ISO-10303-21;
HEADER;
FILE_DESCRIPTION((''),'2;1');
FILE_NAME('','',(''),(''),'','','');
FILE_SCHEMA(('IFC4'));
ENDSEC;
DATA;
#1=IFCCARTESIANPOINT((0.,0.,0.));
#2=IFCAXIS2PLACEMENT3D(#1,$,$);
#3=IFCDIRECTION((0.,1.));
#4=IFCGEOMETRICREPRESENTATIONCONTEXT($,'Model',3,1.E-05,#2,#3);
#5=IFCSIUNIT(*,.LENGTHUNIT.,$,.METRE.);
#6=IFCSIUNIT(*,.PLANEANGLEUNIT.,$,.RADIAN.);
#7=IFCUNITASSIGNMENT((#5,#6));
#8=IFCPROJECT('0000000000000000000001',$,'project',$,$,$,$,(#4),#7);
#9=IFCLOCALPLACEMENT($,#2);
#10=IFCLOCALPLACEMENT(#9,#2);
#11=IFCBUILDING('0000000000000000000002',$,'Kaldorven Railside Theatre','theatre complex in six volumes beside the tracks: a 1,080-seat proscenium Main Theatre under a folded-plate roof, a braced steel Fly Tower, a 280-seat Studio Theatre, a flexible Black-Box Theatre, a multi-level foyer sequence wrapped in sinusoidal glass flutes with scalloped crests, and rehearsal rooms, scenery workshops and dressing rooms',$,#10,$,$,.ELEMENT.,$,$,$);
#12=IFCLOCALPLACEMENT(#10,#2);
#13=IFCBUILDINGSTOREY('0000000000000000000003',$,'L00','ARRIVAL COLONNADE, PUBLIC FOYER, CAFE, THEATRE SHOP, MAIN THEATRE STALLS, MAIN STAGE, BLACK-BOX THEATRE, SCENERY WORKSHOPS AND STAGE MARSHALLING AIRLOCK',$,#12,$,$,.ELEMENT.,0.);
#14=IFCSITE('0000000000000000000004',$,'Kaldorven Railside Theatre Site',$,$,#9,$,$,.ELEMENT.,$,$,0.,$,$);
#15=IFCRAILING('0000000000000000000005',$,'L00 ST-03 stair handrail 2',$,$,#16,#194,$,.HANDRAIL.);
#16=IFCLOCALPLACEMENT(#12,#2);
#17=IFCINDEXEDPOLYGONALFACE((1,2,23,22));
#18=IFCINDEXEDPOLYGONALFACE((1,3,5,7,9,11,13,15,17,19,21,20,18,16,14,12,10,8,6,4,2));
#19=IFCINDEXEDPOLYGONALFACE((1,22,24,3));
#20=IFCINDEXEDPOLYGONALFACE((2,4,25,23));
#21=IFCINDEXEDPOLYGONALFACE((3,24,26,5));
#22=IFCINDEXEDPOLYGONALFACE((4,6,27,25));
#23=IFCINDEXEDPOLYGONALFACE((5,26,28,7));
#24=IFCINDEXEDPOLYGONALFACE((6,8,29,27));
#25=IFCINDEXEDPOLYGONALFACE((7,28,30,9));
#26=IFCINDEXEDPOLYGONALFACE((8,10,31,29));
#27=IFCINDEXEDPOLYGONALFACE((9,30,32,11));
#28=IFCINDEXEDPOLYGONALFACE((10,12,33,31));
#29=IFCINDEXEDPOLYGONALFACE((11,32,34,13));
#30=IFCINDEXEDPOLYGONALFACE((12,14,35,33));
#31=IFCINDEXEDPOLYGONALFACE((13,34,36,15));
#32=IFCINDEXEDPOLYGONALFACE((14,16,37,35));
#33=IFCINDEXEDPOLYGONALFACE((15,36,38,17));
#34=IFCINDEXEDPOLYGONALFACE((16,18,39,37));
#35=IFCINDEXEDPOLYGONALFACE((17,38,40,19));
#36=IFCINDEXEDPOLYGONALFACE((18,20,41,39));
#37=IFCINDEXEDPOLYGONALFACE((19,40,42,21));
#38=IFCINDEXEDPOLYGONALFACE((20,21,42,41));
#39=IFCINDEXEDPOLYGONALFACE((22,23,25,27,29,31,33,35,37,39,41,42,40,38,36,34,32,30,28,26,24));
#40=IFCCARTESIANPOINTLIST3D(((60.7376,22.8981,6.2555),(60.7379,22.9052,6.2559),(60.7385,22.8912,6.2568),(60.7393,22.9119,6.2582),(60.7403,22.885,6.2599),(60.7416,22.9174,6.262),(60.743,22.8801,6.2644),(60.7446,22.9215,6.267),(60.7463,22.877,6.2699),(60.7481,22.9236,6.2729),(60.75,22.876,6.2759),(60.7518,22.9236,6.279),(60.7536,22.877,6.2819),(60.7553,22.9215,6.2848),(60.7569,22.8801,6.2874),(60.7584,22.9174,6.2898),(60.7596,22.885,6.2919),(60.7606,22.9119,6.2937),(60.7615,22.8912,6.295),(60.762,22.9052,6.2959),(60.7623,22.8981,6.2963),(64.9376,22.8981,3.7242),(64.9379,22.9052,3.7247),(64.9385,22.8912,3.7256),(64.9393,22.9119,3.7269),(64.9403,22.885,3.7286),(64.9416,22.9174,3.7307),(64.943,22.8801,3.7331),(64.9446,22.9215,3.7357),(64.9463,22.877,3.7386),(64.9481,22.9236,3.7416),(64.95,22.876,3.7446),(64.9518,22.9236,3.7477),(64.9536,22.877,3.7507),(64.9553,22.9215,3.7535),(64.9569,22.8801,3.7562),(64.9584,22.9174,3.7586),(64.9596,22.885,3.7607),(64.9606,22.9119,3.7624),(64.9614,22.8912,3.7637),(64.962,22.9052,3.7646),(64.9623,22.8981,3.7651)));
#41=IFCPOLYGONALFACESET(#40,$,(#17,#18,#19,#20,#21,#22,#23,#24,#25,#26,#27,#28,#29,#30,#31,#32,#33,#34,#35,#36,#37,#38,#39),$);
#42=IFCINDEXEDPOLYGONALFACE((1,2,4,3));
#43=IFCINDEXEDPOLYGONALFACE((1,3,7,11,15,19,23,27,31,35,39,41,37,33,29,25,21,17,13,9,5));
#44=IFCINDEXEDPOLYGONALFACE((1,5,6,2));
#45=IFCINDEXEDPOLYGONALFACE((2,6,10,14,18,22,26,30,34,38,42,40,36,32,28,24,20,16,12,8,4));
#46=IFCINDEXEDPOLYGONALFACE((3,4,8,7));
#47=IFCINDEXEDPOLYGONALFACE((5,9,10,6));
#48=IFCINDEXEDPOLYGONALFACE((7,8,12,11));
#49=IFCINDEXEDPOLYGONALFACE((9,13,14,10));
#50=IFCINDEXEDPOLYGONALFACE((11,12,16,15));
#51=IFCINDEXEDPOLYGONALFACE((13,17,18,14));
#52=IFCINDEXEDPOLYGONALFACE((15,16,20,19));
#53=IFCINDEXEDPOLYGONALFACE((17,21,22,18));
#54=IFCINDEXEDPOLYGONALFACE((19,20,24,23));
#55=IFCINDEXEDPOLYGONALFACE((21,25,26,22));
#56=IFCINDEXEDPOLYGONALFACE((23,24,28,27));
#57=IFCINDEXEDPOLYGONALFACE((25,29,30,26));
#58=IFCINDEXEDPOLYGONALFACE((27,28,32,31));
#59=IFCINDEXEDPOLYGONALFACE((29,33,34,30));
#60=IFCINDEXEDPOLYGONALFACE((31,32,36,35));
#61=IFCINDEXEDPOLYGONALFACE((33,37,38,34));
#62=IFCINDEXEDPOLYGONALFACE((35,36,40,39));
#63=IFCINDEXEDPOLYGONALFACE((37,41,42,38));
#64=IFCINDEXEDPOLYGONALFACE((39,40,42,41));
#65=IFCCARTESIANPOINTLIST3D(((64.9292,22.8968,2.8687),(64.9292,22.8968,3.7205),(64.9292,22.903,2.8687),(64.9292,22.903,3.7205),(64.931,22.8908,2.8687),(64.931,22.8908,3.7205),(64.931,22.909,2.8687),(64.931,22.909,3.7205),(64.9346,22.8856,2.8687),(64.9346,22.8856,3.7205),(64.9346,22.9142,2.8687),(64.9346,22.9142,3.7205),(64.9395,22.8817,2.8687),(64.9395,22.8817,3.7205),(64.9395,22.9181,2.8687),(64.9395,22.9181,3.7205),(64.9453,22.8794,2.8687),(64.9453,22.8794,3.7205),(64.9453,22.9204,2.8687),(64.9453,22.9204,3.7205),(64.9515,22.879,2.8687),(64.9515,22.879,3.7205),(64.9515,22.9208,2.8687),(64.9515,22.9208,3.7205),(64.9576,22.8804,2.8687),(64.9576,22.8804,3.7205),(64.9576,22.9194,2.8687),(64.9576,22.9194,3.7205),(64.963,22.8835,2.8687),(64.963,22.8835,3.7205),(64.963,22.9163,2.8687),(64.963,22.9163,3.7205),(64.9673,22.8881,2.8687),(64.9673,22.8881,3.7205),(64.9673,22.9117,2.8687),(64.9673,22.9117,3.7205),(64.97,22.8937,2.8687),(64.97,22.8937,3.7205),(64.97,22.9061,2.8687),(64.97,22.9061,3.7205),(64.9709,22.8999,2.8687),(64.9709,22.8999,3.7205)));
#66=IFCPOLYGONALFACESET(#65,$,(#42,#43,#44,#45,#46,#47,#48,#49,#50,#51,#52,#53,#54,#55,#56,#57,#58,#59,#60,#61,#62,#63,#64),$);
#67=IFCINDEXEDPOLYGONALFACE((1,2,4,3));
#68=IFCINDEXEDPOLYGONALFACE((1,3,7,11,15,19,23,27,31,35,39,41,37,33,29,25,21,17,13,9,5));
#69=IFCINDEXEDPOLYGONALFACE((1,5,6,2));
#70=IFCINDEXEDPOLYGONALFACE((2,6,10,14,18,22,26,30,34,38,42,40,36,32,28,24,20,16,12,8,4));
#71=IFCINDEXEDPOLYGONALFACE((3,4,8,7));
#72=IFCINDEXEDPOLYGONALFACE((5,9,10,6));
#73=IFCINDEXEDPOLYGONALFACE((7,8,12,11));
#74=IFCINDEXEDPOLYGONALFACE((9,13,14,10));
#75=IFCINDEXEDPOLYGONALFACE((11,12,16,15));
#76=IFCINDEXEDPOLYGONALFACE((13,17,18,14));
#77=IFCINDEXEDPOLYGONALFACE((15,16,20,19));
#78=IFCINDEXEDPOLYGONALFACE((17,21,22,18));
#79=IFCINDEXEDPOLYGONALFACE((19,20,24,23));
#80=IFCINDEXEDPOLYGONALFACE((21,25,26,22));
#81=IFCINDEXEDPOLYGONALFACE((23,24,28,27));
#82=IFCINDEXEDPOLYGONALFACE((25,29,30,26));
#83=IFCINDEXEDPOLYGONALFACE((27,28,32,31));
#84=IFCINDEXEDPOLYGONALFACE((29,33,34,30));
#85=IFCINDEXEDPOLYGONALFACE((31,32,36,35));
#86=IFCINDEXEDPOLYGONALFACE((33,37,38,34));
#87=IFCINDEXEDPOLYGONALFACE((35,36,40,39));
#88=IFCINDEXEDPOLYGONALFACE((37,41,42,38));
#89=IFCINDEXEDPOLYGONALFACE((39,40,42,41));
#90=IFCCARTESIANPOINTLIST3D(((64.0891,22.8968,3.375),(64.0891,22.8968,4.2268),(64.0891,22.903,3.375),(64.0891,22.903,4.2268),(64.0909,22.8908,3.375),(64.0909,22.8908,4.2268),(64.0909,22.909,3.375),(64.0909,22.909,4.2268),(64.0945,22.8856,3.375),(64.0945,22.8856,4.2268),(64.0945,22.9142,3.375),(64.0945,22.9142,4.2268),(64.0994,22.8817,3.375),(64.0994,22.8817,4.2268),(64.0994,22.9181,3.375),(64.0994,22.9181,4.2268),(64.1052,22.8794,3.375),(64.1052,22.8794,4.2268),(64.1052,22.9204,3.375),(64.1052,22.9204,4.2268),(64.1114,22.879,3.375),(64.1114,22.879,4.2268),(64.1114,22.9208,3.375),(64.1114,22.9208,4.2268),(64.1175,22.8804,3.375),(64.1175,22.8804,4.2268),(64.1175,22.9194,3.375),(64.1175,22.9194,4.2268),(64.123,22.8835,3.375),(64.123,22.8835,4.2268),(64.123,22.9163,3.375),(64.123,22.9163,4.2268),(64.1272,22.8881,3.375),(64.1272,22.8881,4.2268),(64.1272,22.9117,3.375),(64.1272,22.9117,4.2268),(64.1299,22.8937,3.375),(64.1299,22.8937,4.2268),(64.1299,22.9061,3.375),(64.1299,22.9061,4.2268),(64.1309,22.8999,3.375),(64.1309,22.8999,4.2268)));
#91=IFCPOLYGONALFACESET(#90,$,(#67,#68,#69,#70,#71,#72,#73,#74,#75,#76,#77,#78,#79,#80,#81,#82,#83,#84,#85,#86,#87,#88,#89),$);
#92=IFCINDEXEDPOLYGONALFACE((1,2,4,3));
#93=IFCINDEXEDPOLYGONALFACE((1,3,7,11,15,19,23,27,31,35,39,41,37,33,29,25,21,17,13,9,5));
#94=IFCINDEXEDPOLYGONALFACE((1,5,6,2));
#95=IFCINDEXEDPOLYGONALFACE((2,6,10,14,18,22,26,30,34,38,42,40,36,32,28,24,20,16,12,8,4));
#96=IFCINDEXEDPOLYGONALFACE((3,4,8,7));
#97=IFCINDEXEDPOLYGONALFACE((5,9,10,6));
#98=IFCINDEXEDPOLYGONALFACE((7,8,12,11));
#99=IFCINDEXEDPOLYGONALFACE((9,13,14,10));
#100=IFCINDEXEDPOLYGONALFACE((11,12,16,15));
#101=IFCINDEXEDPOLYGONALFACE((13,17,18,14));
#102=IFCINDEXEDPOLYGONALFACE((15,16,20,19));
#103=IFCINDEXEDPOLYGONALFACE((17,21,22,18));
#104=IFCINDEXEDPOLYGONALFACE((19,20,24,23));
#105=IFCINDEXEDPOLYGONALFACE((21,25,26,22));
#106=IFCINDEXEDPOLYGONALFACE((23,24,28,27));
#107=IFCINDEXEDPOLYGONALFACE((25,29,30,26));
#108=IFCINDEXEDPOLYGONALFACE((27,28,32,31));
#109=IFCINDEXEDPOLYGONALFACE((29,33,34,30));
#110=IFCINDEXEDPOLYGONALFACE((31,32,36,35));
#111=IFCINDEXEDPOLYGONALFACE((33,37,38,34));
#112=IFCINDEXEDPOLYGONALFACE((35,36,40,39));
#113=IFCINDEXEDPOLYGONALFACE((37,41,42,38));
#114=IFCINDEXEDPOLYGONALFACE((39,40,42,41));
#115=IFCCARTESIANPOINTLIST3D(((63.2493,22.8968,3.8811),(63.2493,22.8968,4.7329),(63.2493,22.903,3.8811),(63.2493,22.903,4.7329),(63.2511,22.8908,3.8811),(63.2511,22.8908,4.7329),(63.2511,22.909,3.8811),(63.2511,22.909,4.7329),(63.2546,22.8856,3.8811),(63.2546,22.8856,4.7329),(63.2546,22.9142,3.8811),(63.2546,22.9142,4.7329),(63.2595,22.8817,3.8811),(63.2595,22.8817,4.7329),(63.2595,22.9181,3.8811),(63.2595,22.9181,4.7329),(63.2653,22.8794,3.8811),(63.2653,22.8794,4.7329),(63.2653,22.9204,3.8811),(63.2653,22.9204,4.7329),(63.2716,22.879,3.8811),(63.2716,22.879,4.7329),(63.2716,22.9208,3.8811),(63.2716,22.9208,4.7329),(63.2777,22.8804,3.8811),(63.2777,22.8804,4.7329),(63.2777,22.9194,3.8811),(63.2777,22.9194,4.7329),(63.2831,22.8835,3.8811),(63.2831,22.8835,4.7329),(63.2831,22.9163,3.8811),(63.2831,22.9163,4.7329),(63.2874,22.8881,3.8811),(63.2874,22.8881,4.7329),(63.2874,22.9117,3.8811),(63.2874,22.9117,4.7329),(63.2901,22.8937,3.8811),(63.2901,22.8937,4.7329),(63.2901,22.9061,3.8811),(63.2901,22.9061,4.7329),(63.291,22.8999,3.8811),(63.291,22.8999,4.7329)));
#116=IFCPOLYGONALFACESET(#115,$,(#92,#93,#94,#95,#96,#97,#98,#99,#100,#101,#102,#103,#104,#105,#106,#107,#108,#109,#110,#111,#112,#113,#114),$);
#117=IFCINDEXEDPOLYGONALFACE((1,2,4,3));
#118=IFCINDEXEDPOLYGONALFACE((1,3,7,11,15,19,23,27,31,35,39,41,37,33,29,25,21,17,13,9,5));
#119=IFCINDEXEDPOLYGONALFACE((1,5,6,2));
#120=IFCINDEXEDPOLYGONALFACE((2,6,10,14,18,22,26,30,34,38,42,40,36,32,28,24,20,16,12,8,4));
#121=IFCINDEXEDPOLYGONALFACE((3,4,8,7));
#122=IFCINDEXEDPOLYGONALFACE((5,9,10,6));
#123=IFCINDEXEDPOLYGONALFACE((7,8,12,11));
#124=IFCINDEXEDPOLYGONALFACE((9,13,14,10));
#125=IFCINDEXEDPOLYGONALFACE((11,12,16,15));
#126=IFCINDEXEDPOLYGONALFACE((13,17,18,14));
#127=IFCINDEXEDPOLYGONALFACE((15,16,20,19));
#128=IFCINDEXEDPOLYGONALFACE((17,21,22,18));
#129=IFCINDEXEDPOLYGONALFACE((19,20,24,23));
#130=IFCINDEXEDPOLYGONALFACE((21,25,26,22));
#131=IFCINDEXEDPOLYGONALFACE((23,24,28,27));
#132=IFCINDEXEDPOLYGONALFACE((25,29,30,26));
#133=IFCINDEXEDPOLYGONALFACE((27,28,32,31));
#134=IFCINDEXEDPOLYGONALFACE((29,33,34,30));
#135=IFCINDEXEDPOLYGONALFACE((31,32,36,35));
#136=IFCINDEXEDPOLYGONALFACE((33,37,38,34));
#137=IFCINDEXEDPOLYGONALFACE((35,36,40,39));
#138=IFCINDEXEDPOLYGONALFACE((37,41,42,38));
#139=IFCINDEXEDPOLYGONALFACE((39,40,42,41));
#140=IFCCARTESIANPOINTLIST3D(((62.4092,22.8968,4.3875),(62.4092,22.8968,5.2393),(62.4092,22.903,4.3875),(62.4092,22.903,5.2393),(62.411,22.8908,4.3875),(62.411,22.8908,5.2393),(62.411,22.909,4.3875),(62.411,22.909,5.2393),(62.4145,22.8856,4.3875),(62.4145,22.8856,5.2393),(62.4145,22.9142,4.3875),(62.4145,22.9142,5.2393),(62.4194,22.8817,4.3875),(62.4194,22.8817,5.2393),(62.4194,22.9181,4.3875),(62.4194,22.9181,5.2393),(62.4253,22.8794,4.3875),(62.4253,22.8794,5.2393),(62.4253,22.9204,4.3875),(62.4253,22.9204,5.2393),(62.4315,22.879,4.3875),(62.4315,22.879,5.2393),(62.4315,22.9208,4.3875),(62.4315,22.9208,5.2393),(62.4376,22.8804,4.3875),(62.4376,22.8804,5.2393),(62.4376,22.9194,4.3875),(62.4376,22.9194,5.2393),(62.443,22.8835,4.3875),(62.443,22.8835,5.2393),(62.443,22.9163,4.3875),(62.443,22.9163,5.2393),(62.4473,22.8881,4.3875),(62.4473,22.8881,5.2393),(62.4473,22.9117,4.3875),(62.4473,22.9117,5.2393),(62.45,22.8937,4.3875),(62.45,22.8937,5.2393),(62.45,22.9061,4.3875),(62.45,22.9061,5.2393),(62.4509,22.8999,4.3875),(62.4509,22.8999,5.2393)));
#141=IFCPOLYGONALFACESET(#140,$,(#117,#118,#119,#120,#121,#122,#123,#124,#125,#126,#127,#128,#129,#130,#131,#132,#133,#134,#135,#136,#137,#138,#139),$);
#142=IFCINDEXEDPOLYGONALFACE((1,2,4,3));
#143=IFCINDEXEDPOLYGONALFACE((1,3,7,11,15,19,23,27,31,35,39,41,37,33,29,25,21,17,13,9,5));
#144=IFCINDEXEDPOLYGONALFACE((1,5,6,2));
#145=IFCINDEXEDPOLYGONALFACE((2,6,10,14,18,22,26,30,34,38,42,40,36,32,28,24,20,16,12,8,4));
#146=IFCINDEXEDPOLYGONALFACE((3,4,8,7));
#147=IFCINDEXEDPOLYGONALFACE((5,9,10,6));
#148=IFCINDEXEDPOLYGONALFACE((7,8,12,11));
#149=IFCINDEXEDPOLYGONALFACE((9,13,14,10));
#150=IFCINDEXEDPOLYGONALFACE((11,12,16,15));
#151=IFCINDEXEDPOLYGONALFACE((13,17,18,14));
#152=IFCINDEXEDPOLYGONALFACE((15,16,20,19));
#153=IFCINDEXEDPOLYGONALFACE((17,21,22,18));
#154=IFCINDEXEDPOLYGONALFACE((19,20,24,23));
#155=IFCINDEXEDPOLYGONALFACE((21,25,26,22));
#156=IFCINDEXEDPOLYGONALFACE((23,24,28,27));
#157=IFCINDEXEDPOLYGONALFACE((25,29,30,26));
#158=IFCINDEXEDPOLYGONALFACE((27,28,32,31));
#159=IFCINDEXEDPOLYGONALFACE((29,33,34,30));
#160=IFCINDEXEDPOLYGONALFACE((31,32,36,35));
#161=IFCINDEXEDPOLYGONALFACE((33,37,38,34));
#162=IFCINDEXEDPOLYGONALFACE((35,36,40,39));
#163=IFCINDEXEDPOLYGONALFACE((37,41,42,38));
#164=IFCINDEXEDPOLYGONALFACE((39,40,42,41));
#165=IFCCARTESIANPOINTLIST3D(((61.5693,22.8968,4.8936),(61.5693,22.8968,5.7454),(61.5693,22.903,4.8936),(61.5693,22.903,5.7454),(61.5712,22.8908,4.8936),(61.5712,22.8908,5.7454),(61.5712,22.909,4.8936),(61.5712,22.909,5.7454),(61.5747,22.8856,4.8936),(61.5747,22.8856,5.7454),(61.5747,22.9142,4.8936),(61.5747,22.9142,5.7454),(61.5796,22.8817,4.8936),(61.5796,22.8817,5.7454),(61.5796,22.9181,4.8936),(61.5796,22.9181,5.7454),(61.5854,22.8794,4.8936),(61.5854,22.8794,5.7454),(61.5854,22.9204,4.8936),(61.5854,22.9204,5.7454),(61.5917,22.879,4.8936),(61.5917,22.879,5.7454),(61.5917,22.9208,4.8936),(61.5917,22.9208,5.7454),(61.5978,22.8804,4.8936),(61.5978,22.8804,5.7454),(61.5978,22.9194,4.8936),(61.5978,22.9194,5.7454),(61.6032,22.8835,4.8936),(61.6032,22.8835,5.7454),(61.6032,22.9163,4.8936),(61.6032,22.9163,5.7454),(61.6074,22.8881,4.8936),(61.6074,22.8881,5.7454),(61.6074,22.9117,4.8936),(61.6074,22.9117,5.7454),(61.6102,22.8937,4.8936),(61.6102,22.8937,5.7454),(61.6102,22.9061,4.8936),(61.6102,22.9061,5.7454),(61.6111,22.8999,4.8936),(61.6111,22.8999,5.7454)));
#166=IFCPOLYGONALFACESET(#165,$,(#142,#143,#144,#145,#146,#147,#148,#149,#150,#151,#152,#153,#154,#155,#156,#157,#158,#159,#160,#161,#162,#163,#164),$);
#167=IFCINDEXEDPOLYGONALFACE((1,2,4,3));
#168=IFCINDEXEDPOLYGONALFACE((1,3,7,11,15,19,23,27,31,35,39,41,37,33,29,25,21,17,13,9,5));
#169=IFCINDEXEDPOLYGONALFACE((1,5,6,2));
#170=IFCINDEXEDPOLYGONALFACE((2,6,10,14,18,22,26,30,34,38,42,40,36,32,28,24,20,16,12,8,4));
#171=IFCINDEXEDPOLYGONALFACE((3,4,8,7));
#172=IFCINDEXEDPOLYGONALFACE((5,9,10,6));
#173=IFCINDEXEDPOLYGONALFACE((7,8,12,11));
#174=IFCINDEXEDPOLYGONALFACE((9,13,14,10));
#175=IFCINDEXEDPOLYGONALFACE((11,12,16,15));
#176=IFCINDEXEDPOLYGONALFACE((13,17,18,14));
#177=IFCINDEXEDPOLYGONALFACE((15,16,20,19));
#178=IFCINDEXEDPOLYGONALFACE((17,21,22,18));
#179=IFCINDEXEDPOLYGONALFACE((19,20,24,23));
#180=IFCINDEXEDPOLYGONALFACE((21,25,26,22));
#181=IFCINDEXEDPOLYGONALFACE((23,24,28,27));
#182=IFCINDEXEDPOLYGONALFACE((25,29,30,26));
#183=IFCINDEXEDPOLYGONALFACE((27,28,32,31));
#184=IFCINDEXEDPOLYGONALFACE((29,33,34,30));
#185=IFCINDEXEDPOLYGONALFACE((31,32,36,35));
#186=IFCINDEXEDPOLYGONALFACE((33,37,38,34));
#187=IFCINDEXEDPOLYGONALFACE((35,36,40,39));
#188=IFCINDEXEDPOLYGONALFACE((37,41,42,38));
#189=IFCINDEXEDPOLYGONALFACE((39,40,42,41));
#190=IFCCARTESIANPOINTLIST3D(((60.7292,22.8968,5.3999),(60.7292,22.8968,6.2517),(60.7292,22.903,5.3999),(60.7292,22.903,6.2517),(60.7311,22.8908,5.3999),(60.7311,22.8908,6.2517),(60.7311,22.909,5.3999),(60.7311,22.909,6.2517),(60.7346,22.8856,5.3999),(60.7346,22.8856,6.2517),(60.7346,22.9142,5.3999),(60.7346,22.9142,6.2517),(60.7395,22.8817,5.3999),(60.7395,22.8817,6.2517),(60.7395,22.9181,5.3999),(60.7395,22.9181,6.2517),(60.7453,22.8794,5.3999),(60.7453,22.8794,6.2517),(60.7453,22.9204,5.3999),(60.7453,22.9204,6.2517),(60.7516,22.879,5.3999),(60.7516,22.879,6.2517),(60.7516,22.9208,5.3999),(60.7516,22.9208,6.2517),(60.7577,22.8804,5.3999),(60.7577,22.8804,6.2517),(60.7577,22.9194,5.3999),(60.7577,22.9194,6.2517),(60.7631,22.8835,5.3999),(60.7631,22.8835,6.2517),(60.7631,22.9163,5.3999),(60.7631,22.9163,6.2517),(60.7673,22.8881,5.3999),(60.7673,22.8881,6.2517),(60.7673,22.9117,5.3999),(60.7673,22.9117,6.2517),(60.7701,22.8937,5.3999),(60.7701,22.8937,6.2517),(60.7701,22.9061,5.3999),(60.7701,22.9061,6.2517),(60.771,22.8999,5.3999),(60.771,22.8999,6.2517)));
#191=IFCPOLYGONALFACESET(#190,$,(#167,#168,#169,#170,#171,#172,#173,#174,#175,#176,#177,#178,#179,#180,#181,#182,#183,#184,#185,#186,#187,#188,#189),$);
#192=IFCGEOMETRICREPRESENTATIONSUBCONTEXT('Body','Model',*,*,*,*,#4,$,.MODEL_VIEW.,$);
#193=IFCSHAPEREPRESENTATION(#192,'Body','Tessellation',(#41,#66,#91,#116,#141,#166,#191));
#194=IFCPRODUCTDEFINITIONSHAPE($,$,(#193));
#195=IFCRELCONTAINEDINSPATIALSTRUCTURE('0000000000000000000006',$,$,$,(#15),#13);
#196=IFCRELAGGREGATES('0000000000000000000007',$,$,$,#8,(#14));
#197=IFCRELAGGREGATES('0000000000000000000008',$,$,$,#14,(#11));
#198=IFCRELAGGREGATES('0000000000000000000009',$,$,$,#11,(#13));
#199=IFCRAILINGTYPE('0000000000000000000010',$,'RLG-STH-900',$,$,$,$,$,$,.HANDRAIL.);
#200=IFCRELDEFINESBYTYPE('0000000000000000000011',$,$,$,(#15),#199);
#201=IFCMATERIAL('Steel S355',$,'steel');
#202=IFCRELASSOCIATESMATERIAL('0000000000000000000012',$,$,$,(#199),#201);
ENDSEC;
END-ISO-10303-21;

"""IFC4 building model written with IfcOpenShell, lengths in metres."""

from ifc_helpers import new_model, si_unit, direction, frame, origin, origin_2d, place, context, subcontext, project, spatial, circle, extrude, material, type_object, element, save


model = new_model("IFC4")

# Units and contexts
model_context = context("Model", 3, precision=1e-05, world=origin(), true_north=direction((0.0, 1.0)))
body_context = subcontext(model_context, "Body", "Model", "MODEL_VIEW")
ifc_project = project(units=[si_unit("LENGTHUNIT", "METRE"), si_unit("PLANEANGLEUNIT", "RADIAN")], contexts=[model_context])

# Site, building, storey
site_placement = place(None, origin())
site = spatial("IfcSite", under=ifc_project, at=site_placement, Name="Kaldorven Railside Theatre Site", CompositionType="ELEMENT", RefElevation=0.0)
building_placement = place(site_placement, origin())
building = spatial("IfcBuilding", under=site, at=building_placement, Name="Kaldorven Railside Theatre", Description="theatre complex in six volumes beside the tracks: a 1,080-seat proscenium Main Theatre under a folded-plate roof, a braced steel Fly Tower, a 280-seat Studio Theatre, a flexible Black-Box Theatre, a multi-level foyer sequence wrapped in sinusoidal glass flutes with scalloped crests, and rehearsal rooms, scenery workshops and dressing rooms", CompositionType="ELEMENT")
storey_placement = place(building_placement, origin())
storey = spatial("IfcBuildingStorey", under=building, at=storey_placement, Name="L00", Description="ARRIVAL COLONNADE, PUBLIC FOYER, CAFE, THEATRE SHOP, MAIN THEATRE STALLS, MAIN STAGE, BLACK-BOX THEATRE, SCENERY WORKSHOPS AND STAGE MARSHALLING AIRLOCK", CompositionType="ELEMENT", Elevation=0.0)

# Shared definitions
ifc_material_1 = material(Name="Steel S355", Category="steel")

# Railing
railing_type_1 = type_object("IfcRailingType", Name="RLG-STH-900", PredefinedType="HANDRAIL", material=ifc_material_1)
railing_1_placement = place(storey_placement, frame((64.95, 22.8999, 2.8687)))
element("IfcRailing", 1, at=railing_1_placement, inside=storey, type_object=railing_type_1, Name="L00 ST-03 stair handrail 2", PredefinedType="HANDRAIL", context=body_context, shape_type="SweptSolid", body=[
    extrude(circle(Radius=0.0239, at=origin_2d()), frame((0.0, 0.0, 0.876), z_axis=(-0.856476, 0.0, 0.516186), x_axis=(0.0, -1.0, 0.0)), (0.0, 0.0, 1.0), 4.9038),
    extrude(circle(Radius=0.021, at=origin_2d()), origin(), (0.0, 0.0, 1.0), 0.8518),
    extrude(circle(Radius=0.021, at=origin_2d()), frame((-0.8401, 0.0, 0.5063)), (0.0, 0.0, 1.0), 0.8518),
    extrude(circle(Radius=0.021, at=origin_2d()), frame((-1.6799, 0.0, 1.0125)), (0.0, 0.0, 1.0), 0.8518),
    extrude(circle(Radius=0.021, at=origin_2d()), frame((-2.52, 0.0, 1.5188)), (0.0, 0.0, 1.0), 0.8518),
    extrude(circle(Radius=0.021, at=origin_2d()), frame((-3.3599, 0.0, 2.0249)), (0.0, 0.0, 1.0), 0.8518),
    extrude(circle(Radius=0.021, at=origin_2d()), frame((-4.2, 0.0, 2.5312)), (0.0, 0.0, 1.0), 0.8518),
])

save(model, "model.ifc")
